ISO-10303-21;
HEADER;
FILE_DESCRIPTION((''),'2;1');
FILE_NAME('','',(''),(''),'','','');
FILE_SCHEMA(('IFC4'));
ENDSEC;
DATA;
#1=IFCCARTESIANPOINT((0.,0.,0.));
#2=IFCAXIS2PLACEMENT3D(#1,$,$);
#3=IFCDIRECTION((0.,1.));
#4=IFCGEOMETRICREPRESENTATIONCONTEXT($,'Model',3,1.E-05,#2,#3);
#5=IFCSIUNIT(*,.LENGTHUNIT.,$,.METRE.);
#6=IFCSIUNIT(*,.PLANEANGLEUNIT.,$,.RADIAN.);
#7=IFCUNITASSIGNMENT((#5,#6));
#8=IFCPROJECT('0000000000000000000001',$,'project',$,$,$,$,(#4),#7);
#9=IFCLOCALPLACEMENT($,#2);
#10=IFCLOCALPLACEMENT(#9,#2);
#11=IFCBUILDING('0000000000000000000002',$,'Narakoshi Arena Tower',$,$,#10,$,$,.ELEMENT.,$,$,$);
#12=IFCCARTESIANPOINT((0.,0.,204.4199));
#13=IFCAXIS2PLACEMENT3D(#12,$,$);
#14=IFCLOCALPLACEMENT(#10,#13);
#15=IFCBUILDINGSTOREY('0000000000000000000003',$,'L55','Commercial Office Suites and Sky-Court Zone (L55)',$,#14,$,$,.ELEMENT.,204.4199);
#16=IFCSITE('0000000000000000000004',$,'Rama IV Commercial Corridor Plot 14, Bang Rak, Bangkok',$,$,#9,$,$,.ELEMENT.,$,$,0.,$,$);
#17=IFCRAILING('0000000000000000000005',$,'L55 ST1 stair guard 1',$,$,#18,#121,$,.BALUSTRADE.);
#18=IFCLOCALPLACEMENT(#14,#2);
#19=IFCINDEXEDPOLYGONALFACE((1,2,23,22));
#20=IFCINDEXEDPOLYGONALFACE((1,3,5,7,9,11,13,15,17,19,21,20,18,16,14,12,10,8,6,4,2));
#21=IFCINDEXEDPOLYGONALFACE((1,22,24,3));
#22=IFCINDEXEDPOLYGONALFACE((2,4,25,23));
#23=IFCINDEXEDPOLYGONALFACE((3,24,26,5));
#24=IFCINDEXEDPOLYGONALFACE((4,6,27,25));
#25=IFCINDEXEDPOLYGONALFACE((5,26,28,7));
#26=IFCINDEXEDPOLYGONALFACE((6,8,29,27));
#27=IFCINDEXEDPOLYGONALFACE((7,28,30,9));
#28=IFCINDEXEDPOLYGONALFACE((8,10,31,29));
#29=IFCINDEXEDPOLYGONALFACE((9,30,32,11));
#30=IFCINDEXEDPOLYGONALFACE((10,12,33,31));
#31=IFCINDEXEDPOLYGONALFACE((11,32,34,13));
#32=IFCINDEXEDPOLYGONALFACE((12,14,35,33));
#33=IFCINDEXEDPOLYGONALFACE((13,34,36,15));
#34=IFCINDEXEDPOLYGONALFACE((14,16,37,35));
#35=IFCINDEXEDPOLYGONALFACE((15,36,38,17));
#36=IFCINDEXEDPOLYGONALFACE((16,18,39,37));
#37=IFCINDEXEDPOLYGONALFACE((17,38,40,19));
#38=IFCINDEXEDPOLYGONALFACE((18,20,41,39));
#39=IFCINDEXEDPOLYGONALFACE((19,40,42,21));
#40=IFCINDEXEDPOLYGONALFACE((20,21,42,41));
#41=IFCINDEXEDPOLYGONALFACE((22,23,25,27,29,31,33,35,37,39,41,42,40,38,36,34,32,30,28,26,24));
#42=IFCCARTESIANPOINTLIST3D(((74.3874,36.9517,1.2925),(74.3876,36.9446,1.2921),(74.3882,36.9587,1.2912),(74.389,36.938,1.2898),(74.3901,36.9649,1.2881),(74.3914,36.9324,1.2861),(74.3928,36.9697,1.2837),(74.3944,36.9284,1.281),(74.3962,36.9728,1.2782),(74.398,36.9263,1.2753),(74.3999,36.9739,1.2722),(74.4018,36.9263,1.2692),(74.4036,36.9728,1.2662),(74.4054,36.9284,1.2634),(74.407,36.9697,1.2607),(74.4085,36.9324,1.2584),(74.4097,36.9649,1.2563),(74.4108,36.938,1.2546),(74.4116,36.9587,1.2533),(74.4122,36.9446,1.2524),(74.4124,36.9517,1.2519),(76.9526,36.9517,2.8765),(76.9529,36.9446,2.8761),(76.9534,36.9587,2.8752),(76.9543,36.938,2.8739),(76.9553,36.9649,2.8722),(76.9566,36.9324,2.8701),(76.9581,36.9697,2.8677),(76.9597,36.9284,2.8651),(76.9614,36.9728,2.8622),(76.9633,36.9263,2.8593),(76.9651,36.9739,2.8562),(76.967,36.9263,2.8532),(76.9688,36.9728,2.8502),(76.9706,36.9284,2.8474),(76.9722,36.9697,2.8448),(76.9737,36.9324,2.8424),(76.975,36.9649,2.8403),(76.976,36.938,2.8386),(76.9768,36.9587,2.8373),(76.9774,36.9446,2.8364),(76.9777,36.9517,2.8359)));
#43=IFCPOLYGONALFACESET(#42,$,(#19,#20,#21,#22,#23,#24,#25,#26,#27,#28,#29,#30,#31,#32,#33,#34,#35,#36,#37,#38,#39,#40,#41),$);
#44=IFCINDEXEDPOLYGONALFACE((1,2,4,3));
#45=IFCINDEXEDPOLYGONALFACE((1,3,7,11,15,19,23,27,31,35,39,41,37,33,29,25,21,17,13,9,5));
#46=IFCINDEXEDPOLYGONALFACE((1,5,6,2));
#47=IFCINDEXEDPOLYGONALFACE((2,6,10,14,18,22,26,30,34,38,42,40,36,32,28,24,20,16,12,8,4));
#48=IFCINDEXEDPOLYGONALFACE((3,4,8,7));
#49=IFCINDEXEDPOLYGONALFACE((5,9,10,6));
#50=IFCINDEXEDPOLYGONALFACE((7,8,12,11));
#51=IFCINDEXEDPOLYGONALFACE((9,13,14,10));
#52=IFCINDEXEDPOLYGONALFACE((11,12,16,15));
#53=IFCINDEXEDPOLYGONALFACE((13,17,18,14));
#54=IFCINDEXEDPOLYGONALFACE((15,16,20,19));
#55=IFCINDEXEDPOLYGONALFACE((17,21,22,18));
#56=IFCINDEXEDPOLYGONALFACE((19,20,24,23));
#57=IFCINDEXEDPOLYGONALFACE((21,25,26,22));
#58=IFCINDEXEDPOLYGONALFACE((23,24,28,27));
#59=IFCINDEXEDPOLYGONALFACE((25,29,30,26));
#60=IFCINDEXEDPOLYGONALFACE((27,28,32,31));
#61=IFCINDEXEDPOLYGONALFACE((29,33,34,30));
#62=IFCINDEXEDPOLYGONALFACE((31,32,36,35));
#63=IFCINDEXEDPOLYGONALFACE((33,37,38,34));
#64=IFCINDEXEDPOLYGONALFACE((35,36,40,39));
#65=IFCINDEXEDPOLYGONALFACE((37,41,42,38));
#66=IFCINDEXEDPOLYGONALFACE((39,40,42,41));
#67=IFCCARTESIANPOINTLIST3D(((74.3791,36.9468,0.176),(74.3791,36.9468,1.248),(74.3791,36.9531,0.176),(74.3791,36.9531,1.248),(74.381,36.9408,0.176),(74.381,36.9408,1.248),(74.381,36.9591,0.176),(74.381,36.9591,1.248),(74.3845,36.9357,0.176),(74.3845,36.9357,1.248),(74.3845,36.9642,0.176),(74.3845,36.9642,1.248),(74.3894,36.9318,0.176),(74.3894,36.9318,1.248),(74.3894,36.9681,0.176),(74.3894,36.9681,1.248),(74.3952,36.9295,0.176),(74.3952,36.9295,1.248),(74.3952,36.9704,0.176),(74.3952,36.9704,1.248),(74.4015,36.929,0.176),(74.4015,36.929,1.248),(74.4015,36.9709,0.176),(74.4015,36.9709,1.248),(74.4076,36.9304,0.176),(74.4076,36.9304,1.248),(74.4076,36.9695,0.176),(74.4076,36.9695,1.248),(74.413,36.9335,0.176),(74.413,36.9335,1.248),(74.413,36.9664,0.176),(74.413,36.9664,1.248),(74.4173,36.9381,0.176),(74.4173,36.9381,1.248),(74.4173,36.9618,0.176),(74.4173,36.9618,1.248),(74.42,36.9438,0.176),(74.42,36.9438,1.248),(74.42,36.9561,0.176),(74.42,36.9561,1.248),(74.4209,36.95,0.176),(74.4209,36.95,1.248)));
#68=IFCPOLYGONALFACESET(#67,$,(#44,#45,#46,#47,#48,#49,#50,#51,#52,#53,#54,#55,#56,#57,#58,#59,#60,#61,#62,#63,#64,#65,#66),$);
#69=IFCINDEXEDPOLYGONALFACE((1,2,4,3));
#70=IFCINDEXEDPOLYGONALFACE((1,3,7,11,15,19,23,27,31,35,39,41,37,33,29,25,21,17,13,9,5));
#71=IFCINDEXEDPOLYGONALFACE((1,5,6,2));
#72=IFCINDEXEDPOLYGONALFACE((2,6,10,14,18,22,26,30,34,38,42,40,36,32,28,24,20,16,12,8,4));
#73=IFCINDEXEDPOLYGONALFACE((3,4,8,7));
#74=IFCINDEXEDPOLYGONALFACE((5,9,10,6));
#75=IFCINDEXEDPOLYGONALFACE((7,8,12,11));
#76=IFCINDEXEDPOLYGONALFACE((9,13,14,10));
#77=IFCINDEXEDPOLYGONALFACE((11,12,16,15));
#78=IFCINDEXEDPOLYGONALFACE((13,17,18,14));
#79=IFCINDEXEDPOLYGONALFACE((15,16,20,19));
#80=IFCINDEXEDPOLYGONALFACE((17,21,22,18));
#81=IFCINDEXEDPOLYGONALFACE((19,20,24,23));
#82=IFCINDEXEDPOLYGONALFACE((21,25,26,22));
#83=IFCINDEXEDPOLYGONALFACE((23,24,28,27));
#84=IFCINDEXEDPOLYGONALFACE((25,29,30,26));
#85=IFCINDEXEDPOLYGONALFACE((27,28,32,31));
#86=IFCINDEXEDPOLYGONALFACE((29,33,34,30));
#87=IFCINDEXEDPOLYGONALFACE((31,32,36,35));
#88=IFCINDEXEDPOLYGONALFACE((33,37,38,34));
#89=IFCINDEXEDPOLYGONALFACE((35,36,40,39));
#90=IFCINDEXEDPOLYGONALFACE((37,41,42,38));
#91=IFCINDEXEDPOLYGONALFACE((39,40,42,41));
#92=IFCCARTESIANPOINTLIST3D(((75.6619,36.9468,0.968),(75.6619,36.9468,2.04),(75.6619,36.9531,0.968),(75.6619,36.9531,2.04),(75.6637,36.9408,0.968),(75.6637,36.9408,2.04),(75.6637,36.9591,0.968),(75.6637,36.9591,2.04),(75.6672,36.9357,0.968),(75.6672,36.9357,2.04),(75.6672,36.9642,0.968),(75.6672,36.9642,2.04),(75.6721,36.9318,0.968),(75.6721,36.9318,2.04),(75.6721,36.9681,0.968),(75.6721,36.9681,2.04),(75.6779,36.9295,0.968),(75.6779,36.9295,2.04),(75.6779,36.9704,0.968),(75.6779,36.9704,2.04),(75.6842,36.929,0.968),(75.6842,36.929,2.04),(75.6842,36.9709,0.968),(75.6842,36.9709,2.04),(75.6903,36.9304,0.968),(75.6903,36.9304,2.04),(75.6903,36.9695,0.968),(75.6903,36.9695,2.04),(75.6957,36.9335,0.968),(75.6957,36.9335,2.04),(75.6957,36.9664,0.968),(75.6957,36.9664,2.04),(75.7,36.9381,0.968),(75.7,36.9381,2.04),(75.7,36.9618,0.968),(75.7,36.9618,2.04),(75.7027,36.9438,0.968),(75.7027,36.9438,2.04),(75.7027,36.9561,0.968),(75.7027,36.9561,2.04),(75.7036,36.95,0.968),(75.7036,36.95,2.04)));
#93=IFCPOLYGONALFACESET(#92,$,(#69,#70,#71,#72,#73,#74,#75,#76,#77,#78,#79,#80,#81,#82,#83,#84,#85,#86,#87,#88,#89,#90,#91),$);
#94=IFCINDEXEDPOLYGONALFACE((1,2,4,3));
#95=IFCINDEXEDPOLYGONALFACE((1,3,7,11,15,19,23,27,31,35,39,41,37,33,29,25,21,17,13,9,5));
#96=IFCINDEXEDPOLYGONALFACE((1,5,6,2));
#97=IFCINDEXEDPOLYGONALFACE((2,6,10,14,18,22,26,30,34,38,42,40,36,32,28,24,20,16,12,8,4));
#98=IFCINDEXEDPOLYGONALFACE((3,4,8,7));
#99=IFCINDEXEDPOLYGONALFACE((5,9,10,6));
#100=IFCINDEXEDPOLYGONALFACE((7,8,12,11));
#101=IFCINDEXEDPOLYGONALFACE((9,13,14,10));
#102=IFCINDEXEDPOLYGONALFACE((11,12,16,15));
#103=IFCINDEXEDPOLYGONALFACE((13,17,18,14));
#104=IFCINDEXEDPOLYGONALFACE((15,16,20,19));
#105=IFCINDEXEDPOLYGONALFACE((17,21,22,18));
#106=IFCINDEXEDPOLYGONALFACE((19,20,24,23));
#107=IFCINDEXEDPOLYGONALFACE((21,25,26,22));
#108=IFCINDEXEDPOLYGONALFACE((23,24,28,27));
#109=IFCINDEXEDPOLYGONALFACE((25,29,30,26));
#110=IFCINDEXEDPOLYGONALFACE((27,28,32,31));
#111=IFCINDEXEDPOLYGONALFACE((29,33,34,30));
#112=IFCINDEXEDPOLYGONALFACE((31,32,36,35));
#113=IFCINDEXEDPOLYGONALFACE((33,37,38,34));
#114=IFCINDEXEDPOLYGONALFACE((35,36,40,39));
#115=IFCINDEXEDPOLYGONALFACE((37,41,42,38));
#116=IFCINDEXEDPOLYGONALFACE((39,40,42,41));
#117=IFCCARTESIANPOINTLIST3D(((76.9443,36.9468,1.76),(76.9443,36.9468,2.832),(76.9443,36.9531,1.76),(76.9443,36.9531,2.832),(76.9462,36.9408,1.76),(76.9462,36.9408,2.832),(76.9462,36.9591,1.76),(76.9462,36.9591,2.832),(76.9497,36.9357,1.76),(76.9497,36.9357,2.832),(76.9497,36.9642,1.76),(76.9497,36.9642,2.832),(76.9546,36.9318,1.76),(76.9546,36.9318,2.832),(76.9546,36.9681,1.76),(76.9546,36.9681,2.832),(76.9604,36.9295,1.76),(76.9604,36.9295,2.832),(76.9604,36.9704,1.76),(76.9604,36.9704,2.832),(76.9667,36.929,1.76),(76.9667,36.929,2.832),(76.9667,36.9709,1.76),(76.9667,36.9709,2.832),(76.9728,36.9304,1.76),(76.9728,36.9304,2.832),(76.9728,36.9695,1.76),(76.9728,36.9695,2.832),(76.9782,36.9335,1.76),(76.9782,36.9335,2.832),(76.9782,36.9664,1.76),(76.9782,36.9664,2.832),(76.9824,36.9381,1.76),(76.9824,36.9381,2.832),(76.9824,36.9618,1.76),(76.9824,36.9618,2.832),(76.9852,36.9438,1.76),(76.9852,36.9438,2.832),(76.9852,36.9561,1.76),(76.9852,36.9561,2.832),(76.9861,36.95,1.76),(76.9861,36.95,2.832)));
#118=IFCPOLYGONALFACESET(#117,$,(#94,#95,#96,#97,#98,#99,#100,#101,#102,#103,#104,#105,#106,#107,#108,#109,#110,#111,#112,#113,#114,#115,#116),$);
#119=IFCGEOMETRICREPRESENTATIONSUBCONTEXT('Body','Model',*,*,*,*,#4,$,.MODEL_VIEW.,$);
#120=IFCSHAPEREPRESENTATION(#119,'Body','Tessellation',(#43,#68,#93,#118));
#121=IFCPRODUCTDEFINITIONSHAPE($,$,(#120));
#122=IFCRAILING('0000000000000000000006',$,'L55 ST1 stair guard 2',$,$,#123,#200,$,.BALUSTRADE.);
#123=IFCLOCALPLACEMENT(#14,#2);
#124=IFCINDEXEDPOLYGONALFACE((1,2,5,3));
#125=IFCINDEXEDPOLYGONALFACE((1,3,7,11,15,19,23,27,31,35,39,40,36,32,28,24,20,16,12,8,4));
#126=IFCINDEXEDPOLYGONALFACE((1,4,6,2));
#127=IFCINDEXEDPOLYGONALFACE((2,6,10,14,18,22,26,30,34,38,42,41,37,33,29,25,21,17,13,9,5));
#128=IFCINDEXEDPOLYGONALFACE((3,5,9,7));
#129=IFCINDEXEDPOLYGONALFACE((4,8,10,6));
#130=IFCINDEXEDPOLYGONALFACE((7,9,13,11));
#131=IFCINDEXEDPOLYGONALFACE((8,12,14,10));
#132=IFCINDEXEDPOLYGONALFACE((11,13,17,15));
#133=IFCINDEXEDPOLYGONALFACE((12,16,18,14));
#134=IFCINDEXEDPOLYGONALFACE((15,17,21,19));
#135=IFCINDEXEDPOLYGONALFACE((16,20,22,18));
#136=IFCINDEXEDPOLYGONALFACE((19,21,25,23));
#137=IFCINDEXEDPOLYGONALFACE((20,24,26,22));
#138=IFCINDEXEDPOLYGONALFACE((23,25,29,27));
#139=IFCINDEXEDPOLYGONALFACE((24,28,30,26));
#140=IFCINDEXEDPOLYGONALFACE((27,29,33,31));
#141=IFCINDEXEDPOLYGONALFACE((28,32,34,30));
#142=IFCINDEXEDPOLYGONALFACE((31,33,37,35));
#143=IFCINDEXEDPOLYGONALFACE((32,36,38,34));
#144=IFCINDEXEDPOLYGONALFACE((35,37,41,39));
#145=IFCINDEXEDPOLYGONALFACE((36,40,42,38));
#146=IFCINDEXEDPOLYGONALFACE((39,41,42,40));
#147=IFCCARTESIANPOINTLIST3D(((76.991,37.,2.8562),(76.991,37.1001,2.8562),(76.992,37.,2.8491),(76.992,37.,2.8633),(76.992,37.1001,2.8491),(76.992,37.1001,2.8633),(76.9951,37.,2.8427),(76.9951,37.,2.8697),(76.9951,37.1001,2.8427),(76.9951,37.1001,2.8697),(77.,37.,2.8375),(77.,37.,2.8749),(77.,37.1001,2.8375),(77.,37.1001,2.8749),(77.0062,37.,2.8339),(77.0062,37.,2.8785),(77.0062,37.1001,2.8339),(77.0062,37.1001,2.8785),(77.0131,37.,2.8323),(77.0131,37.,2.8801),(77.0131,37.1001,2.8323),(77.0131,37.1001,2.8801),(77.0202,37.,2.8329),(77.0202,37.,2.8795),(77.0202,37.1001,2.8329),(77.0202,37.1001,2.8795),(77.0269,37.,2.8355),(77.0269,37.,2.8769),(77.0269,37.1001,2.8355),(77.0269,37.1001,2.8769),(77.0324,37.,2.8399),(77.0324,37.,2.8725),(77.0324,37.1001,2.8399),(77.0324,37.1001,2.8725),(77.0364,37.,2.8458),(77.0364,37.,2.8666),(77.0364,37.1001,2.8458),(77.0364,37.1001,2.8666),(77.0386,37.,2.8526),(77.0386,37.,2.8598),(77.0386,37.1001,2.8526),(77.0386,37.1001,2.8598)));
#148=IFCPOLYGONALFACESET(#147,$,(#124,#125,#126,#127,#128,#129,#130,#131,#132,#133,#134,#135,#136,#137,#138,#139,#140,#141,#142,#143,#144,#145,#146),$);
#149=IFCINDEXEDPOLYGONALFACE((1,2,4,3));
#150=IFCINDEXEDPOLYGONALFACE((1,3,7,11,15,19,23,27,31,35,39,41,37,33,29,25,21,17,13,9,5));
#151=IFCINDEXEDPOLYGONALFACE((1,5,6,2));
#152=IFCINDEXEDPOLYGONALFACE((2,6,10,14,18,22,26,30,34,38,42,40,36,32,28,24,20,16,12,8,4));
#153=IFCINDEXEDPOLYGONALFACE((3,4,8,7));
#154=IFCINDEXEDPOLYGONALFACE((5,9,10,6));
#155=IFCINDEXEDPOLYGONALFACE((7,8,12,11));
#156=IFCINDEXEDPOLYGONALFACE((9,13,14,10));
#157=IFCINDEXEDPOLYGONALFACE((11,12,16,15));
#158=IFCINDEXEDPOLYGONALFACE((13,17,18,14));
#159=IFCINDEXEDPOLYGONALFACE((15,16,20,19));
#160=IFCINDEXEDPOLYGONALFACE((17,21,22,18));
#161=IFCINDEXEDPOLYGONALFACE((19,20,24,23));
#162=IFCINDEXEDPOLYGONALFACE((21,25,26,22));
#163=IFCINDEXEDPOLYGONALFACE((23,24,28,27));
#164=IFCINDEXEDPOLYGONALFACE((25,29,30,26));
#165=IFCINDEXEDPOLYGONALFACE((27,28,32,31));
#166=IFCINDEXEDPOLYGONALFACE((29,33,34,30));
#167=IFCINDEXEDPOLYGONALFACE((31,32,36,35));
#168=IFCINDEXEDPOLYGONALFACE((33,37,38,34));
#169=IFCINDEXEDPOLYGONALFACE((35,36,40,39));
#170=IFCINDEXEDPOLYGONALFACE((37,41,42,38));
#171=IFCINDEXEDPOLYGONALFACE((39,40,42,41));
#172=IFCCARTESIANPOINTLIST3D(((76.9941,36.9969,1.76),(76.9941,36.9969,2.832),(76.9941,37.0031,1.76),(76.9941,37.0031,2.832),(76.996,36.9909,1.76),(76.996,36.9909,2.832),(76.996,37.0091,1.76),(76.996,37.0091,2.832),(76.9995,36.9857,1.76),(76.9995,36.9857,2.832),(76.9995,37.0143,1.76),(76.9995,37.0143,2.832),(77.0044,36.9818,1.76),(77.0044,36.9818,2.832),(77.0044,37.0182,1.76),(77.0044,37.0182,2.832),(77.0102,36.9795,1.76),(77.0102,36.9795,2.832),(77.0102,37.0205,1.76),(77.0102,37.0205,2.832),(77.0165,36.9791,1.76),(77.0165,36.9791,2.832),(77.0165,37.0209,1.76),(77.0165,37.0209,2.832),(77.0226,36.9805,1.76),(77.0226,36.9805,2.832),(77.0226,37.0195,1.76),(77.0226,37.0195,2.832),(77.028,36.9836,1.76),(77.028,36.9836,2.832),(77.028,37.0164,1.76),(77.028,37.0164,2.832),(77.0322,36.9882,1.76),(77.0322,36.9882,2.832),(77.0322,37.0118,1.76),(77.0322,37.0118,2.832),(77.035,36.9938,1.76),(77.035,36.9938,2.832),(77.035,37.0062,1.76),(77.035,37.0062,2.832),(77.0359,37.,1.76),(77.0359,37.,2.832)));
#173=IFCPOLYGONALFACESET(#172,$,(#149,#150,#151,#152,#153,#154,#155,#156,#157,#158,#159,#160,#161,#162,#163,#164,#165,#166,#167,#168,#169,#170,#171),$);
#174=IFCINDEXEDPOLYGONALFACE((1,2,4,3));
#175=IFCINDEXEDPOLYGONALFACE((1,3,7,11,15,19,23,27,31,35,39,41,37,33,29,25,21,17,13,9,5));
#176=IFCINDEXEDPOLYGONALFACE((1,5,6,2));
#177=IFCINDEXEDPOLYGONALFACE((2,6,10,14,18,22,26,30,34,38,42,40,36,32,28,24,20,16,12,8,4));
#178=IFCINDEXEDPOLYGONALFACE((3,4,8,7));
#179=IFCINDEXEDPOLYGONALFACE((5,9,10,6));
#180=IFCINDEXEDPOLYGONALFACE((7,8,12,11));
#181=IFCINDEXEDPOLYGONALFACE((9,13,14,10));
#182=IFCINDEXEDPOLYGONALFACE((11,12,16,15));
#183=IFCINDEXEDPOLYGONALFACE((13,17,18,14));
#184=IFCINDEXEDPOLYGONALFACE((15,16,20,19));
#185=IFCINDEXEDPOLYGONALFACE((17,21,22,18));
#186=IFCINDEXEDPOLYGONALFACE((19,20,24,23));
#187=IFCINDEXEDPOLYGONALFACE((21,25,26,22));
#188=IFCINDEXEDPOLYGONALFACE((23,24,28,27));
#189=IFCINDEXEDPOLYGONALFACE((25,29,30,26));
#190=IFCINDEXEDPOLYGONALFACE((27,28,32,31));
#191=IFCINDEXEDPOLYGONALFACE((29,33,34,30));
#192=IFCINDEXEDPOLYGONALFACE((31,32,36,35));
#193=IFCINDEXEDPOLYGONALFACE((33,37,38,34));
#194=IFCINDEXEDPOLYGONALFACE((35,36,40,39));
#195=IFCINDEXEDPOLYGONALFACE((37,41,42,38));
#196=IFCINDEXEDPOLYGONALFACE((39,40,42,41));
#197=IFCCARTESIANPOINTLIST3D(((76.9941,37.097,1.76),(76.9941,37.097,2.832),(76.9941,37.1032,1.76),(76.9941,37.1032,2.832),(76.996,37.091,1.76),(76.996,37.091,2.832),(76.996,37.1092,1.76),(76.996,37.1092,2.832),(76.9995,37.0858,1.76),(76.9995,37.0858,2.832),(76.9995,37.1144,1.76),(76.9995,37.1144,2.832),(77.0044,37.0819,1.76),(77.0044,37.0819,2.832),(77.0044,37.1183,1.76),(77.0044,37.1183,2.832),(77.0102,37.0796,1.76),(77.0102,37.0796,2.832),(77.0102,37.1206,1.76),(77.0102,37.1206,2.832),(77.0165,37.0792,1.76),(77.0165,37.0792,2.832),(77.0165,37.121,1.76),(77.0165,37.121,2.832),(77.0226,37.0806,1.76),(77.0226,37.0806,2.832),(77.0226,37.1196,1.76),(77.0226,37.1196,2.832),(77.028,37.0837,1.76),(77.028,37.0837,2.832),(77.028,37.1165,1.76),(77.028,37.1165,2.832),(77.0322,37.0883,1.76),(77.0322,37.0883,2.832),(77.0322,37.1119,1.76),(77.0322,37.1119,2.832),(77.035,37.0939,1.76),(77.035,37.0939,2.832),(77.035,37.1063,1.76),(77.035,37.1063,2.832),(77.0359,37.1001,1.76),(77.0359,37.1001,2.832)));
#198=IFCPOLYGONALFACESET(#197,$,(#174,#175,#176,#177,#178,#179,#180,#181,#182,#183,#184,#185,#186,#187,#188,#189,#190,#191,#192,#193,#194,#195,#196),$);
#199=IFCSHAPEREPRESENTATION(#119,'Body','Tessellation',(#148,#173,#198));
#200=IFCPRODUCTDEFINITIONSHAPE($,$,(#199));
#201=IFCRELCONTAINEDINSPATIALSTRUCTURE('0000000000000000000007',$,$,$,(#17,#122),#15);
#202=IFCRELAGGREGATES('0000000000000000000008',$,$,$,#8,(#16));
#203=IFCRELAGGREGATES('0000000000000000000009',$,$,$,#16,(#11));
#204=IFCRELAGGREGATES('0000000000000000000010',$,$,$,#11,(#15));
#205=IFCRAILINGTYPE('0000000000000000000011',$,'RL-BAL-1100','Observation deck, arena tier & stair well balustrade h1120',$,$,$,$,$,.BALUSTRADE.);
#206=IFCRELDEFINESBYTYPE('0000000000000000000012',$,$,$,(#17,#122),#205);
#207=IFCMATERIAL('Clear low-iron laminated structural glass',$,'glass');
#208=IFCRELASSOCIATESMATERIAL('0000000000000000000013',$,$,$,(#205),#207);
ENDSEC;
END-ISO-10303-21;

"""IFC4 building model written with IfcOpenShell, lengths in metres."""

from ifc_helpers import new_model, si_unit, direction, frame, origin, origin_2d, place, context, subcontext, project, spatial, circle, extrude, material, type_object, element, save


model = new_model("IFC4")

# Units and contexts
model_context = context("Model", 3, precision=1e-05, world=origin(), true_north=direction((0.0, 1.0)))
body_context = subcontext(model_context, "Body", "Model", "MODEL_VIEW")
ifc_project = project(units=[si_unit("LENGTHUNIT", "METRE"), si_unit("PLANEANGLEUNIT", "RADIAN")], contexts=[model_context])

# Site, building, storey
site_placement = place(None, origin())
site = spatial("IfcSite", under=ifc_project, at=site_placement, Name="Rama IV Commercial Corridor Plot 14, Bang Rak, Bangkok", CompositionType="ELEMENT", RefElevation=0.0)
building_placement = place(site_placement, origin())
building = spatial("IfcBuilding", under=site, at=building_placement, Name="Narakoshi Arena Tower", CompositionType="ELEMENT")
storey_placement = place(building_placement, frame((0.0, 0.0, 204.4199)))
storey = spatial("IfcBuildingStorey", under=building, at=storey_placement, Name="L55", Description="Commercial Office Suites and Sky-Court Zone (L55)", CompositionType="ELEMENT", Elevation=204.4199)

# Railings
ifc_material_1 = material(Name="Clear low-iron laminated structural glass", Category="glass")
railing_type_1 = type_object("IfcRailingType", Name="RL-BAL-1100", Description="Observation deck, arena tier & stair well balustrade h1120", PredefinedType="BALUSTRADE", material=ifc_material_1)
railing_1_placement = place(storey_placement, frame((74.3999, 36.95, 0.176)))
element("IfcRailing", 1, at=railing_1_placement, inside=storey, type_object=railing_type_1, Name="L55 ST1 stair guard 1", PredefinedType="BALUSTRADE", context=body_context, shape_type="SweptSolid", body=[
    extrude(circle(Radius=0.0239, at=origin_2d()), frame((0.0, 0.0, 1.0962), z_axis=(0.850857, 0.0, 0.525398), x_axis=(0.0, 1.0, 0.0)), (0.0, 0.0, 1.0), 3.0149),
    extrude(circle(Radius=0.021, at=origin_2d()), origin(), (0.0, 0.0, 1.0), 1.072),
    extrude(circle(Radius=0.021, at=origin_2d()), frame((1.2827, 0.0, 0.792)), (0.0, 0.0, 1.0), 1.072),
    extrude(circle(Radius=0.021, at=origin_2d()), frame((2.5652, 0.0, 1.584)), (0.0, 0.0, 1.0), 1.072),
])
railing_2_placement = place(storey_placement, frame((77.0149, 37.0, 1.76)))
element("IfcRailing", 2, at=railing_2_placement, inside=storey, type_object=railing_type_1, Name="L55 ST1 stair guard 2", PredefinedType="BALUSTRADE", context=body_context, shape_type="SweptSolid", body=[
    extrude(circle(Radius=0.0239, at=origin_2d()), frame((0.0, 0.0, 1.0962), z_axis=(0.0, 1.0, 0.0), x_axis=(-1.0, 0.0, 0.0)), (0.0, 0.0, 1.0), 0.1001),
    extrude(circle(Radius=0.021, at=origin_2d()), origin(), (0.0, 0.0, 1.0), 1.072),
    extrude(circle(Radius=0.021, at=origin_2d()), frame((0.0, 0.1001, 0.0)), (0.0, 0.0, 1.0), 1.072),
])

save(model, "model.ifc")
